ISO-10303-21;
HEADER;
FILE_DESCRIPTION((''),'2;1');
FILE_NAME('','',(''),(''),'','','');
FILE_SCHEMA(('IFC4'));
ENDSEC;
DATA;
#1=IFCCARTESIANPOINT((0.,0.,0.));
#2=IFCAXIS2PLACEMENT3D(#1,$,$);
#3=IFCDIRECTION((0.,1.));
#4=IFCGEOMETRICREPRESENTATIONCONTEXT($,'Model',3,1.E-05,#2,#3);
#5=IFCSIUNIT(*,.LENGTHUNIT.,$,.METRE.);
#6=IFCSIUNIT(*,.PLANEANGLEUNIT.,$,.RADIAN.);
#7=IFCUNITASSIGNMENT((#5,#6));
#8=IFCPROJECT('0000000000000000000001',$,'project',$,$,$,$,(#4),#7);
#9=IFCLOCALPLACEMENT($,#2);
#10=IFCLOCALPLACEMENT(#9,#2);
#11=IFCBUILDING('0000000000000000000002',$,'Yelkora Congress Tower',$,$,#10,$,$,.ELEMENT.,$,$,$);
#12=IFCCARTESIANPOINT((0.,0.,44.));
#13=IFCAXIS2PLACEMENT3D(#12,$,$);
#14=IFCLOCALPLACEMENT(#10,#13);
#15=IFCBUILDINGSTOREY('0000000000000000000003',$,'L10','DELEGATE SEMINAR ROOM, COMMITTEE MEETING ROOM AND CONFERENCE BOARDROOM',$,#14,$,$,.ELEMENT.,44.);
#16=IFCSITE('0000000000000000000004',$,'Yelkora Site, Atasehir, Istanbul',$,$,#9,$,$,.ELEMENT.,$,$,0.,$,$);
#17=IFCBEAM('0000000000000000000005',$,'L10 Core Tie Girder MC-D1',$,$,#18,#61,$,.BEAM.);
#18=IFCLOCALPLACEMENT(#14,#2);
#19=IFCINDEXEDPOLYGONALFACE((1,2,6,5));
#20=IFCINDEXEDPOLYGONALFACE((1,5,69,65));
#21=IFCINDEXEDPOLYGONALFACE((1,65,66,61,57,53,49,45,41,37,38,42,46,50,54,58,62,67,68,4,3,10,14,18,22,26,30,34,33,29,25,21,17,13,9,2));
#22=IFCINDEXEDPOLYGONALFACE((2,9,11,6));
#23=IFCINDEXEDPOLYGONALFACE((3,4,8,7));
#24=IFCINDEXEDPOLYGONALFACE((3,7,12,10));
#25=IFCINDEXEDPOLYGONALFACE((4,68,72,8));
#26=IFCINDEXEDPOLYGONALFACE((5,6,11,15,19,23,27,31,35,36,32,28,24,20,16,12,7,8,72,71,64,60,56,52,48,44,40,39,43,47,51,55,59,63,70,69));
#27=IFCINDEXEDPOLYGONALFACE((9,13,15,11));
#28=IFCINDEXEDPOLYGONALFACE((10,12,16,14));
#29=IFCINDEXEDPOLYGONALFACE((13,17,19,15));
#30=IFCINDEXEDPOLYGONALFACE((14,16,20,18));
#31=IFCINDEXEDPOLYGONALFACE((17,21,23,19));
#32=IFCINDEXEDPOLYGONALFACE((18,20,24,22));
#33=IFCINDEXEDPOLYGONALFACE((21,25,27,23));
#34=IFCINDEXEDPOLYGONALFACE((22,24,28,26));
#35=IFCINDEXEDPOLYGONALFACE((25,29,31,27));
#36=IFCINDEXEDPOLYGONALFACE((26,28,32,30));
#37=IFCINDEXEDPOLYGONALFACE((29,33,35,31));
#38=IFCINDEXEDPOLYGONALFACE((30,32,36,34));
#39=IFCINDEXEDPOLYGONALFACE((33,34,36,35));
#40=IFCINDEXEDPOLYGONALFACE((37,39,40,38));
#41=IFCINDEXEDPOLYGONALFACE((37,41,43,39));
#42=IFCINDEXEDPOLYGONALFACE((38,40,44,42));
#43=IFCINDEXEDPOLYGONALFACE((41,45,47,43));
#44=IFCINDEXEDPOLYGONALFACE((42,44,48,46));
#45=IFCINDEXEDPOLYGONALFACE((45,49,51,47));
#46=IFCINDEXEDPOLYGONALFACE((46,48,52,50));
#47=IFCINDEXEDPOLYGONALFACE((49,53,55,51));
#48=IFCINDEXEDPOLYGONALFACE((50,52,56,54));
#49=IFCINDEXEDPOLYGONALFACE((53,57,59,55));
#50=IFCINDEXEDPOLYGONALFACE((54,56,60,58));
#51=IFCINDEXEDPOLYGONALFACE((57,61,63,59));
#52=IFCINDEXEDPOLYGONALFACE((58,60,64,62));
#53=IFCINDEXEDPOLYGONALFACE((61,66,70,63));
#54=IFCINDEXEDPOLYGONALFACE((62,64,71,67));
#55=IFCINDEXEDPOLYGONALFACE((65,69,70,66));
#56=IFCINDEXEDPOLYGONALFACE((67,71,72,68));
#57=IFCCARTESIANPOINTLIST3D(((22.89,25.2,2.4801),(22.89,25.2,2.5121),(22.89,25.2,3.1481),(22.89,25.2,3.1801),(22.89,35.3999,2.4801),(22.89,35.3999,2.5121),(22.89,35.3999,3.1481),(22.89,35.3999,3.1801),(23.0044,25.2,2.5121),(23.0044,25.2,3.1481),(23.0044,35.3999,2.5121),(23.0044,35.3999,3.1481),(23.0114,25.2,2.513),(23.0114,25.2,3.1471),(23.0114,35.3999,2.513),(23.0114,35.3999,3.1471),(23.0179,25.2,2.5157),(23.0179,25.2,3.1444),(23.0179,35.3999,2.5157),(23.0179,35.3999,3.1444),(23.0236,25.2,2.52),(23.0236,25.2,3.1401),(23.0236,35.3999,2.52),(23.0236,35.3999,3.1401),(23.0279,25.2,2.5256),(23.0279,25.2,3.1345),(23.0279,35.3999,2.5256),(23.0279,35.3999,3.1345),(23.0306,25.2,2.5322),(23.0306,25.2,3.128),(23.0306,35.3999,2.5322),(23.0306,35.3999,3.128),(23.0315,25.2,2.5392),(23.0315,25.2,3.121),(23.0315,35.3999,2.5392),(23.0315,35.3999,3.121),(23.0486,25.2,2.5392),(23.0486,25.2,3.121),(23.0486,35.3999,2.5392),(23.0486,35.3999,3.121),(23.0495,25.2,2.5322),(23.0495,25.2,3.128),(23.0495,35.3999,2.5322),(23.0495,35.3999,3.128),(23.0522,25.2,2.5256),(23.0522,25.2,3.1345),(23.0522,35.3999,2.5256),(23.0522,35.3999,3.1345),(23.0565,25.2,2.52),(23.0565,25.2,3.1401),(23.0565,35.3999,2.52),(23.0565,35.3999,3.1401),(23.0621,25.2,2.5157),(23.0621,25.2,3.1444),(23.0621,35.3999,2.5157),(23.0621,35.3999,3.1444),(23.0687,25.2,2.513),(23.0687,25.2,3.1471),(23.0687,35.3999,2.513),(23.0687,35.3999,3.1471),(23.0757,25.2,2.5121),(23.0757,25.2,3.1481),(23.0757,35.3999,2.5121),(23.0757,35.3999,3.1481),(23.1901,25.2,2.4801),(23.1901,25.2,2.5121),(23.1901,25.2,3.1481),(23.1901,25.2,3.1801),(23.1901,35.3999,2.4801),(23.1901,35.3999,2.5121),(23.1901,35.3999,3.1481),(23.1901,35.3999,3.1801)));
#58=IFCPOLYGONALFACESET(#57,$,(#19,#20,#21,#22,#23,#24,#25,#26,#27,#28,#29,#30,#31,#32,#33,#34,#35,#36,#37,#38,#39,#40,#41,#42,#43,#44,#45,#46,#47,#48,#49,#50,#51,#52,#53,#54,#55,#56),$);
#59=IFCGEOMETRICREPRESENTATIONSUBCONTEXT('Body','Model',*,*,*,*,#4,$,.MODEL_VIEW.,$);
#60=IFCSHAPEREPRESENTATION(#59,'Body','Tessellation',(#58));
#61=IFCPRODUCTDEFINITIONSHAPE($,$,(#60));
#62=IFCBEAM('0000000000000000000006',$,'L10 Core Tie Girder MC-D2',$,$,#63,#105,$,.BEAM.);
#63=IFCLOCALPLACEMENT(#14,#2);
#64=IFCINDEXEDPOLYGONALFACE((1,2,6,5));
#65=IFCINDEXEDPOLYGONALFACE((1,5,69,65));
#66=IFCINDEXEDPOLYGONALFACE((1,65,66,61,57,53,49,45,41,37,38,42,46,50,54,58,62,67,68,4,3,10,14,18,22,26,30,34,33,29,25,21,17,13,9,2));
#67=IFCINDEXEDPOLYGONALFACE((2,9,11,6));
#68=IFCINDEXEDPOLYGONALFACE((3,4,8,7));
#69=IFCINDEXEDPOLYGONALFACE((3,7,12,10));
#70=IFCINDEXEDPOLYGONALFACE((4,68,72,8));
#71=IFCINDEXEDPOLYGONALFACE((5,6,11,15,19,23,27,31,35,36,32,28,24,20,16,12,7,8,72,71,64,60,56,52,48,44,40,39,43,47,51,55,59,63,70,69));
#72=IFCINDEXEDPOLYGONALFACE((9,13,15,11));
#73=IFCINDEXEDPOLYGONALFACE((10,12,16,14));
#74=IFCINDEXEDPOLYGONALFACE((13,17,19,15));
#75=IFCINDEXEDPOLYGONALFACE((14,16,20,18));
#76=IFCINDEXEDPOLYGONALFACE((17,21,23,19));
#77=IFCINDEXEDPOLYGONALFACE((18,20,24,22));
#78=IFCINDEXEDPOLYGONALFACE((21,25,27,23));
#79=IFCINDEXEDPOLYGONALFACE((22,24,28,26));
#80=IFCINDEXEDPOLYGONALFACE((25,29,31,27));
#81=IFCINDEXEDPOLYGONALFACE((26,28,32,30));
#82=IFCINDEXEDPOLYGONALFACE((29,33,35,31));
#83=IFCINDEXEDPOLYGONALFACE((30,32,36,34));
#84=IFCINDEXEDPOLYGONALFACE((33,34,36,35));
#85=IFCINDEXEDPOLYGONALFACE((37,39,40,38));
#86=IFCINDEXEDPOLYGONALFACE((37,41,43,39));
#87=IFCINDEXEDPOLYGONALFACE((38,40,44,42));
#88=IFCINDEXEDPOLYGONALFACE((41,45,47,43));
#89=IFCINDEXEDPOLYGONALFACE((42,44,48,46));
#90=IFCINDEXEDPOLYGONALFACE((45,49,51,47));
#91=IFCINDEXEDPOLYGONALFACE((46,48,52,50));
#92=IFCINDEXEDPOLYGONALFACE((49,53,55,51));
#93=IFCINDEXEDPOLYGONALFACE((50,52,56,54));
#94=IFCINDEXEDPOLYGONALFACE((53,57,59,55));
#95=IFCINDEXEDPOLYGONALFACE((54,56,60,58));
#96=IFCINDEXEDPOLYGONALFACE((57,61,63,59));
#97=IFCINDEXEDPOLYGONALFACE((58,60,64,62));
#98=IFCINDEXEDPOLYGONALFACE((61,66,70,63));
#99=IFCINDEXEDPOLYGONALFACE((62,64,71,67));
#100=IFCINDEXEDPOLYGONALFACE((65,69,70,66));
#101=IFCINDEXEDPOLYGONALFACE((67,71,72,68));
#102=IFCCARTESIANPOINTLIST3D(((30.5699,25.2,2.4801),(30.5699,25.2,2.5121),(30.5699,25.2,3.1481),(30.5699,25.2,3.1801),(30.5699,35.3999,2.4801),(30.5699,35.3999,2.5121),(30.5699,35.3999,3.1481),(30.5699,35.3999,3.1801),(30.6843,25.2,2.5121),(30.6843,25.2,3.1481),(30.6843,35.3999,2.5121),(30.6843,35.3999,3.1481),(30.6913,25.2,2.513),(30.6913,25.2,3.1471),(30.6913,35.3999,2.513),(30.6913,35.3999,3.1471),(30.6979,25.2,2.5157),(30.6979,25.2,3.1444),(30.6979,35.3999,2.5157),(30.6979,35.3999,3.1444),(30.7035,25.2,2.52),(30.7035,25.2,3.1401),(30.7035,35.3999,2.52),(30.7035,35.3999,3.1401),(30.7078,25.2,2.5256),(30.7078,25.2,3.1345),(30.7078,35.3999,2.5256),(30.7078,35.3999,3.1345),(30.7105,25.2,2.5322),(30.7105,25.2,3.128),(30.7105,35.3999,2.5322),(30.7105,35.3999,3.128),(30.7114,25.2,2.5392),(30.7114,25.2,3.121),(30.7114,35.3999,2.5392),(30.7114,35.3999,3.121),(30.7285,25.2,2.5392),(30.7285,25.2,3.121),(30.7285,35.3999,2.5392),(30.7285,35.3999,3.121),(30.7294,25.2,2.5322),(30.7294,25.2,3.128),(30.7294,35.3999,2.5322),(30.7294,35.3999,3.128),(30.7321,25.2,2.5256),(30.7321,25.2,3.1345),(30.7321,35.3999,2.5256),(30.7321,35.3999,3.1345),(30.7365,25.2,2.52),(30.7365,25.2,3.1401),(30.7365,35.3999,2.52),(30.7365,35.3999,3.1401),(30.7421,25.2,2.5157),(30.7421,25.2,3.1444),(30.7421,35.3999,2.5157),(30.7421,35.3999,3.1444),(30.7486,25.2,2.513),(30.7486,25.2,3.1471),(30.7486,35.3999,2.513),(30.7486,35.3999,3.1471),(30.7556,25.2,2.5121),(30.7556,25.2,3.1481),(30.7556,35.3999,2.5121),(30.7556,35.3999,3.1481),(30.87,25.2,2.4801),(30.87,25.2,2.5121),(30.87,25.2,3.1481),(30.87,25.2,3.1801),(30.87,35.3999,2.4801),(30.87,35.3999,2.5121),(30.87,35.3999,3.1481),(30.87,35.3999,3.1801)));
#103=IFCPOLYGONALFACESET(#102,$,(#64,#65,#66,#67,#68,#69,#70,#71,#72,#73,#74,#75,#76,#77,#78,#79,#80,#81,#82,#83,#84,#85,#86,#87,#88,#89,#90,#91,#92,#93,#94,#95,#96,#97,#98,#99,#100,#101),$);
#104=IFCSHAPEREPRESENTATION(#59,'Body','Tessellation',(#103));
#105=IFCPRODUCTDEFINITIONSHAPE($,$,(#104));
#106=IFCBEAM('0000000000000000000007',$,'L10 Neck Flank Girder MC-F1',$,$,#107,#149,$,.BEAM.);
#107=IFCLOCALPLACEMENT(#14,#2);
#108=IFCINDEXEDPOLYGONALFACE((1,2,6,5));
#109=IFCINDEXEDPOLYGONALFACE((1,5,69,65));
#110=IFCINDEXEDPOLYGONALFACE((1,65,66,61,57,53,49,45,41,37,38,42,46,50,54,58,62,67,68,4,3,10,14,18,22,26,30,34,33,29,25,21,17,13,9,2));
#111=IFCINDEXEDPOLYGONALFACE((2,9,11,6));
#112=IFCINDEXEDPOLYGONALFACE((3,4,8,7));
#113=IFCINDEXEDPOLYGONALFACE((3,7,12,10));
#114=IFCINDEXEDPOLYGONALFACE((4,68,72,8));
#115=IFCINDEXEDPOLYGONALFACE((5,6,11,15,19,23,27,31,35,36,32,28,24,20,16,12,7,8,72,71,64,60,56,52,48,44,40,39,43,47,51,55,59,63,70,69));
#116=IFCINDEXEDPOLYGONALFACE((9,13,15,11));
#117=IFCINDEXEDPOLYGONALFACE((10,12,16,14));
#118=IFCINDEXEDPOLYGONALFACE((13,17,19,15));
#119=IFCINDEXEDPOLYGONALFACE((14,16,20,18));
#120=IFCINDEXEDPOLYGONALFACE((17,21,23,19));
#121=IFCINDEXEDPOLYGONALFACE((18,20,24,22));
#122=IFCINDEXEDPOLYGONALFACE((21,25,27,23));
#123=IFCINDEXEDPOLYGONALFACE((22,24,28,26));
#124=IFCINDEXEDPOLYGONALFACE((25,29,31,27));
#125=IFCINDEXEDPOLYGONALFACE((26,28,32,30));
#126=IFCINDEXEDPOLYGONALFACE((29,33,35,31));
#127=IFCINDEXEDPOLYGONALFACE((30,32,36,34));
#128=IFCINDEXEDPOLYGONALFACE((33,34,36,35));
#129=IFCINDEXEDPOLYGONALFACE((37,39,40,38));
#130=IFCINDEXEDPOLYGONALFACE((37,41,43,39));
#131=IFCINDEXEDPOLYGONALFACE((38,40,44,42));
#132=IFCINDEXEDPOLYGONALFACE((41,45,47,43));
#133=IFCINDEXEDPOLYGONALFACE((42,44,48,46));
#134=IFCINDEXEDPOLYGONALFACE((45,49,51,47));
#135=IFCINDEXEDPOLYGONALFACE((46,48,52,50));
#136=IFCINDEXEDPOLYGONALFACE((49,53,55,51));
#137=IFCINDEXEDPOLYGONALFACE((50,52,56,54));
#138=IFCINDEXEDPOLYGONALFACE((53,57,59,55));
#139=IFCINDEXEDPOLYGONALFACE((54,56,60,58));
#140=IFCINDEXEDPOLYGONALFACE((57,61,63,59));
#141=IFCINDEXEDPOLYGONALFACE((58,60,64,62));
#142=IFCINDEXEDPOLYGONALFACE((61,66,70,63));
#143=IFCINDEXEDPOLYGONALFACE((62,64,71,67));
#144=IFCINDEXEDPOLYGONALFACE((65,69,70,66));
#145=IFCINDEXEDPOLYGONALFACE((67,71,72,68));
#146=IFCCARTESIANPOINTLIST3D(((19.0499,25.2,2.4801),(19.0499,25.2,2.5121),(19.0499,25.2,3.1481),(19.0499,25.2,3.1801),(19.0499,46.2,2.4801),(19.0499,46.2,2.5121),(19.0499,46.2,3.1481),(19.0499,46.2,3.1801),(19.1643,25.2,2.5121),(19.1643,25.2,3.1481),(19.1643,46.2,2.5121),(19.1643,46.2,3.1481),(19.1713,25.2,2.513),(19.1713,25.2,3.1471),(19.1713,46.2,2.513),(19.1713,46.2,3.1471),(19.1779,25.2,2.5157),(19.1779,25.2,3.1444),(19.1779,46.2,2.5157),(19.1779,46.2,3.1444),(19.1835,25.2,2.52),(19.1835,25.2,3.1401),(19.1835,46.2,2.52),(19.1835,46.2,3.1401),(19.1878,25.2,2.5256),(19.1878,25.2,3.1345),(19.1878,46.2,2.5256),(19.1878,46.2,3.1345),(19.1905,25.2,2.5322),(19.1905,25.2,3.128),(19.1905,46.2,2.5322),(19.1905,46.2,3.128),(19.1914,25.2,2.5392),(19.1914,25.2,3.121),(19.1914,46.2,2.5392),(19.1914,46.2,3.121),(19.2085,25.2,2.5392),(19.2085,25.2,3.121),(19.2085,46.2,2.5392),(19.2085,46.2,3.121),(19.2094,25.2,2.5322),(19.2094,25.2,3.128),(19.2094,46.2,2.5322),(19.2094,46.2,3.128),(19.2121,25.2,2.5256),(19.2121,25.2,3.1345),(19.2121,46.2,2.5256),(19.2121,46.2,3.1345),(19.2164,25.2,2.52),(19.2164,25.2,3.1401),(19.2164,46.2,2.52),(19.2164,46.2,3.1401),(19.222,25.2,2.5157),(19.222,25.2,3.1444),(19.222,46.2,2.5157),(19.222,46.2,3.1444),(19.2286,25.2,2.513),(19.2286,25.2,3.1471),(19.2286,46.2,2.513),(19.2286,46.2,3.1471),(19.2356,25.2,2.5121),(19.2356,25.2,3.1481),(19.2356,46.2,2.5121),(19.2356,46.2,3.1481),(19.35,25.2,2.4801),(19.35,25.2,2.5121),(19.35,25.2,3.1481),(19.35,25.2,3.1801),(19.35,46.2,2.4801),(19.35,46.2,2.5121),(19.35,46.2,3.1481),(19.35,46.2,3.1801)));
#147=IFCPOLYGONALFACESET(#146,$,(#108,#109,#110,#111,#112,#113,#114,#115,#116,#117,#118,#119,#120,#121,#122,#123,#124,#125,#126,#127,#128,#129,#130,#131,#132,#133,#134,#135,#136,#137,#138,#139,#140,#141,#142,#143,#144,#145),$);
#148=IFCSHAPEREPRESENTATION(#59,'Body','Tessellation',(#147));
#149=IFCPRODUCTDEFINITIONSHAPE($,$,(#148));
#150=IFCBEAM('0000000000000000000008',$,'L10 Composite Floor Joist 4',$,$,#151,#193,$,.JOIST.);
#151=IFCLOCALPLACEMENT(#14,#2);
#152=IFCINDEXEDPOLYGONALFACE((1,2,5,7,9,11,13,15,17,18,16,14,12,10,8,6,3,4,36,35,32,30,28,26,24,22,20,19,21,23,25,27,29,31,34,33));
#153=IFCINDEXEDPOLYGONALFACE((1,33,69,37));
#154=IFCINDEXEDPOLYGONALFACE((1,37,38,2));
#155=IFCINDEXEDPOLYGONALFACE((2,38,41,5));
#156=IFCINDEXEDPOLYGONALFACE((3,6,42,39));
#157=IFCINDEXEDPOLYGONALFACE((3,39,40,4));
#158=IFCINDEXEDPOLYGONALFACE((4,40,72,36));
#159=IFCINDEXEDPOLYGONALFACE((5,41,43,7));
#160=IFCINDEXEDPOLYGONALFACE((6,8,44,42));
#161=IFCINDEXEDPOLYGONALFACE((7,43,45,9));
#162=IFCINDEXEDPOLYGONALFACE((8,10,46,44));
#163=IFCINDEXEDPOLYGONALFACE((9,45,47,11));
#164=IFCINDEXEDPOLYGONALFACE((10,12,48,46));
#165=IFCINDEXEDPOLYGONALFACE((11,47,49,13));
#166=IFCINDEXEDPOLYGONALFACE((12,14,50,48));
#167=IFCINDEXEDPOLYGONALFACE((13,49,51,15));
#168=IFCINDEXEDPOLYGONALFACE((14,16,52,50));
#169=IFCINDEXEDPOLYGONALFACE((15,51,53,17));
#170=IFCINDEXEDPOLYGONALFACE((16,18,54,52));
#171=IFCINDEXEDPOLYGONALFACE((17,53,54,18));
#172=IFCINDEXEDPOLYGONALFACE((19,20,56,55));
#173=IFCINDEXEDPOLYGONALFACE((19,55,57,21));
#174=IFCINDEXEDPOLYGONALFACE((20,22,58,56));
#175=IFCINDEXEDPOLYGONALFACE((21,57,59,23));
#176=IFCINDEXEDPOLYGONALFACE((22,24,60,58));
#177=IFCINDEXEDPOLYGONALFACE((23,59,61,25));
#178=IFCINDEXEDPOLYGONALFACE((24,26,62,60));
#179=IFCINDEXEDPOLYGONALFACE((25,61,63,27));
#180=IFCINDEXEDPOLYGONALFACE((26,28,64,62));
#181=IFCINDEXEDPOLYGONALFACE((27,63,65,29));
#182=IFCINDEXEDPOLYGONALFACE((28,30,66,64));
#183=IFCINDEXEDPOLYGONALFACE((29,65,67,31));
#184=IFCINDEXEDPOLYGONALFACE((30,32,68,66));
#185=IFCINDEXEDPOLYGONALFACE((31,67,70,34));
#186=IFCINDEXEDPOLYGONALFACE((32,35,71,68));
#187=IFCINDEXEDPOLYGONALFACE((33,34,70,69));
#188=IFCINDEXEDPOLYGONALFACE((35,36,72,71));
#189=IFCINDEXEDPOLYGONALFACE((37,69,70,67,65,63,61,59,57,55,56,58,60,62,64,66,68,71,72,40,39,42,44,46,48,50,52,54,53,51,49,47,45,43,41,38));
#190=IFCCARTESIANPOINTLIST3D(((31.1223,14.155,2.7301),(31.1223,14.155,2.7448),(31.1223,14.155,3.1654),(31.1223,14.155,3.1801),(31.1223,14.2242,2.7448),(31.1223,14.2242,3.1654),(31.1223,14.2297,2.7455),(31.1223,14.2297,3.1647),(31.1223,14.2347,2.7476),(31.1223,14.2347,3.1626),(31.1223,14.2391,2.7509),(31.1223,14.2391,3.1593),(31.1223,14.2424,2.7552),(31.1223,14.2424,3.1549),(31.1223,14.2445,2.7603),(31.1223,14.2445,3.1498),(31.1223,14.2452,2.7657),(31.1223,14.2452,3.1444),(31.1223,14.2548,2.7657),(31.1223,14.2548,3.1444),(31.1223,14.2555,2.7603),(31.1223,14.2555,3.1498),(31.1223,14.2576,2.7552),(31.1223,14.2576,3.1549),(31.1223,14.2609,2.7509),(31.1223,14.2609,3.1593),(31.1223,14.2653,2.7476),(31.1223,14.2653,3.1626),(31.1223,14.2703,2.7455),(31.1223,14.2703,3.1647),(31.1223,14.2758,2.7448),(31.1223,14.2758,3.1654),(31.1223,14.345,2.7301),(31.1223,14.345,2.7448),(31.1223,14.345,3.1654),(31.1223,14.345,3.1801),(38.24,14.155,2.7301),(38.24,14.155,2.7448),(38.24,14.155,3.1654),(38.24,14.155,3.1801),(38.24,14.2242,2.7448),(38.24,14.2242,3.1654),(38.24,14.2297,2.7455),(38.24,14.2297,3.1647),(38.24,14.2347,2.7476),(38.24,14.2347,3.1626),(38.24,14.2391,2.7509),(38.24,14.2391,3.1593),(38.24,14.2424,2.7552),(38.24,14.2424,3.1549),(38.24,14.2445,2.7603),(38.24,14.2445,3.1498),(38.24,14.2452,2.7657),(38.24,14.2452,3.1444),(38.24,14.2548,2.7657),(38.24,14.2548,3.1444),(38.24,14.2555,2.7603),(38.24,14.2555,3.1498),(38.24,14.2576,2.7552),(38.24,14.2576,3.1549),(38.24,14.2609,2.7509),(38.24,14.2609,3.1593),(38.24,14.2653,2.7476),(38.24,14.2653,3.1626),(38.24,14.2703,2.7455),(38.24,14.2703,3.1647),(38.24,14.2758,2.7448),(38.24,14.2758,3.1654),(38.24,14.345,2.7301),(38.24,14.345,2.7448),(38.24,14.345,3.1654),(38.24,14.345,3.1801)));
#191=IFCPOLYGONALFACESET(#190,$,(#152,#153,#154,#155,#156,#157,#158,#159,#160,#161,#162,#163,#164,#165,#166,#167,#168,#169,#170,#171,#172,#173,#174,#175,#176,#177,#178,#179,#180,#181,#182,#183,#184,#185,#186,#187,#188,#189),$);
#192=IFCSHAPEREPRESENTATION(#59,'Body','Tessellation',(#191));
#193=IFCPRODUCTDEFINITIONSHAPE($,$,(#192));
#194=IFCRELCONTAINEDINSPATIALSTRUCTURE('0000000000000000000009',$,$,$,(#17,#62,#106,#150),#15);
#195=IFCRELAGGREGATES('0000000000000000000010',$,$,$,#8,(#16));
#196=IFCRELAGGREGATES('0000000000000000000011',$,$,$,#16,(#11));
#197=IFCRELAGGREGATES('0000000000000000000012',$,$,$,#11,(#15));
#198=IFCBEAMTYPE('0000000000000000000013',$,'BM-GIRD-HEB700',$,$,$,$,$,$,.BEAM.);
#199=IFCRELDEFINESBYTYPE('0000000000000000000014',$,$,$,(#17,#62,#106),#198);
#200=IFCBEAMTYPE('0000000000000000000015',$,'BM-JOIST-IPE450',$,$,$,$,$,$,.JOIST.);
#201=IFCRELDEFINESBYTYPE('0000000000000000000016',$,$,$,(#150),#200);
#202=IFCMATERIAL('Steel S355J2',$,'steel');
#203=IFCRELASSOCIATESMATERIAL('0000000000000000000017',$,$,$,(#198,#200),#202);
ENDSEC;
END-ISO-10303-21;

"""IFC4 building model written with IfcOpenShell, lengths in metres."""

from ifc_helpers import new_model, si_unit, direction, frame, origin, origin_2d, place, context, subcontext, project, spatial, i_section, extrude, material, material_profile, profile_set, type_object, element, save


model = new_model("IFC4")

# Units and contexts
model_context = context("Model", 3, precision=1e-05, world=origin(), true_north=direction((0.0, 1.0)))
body_context = subcontext(model_context, "Body", "Model", "MODEL_VIEW")
ifc_project = project(units=[si_unit("LENGTHUNIT", "METRE"), si_unit("PLANEANGLEUNIT", "RADIAN")], contexts=[model_context])

# Site, building, storey
site_placement = place(None, origin())
site = spatial("IfcSite", under=ifc_project, at=site_placement, Name="Yelkora Site, Atasehir, Istanbul", CompositionType="ELEMENT", RefElevation=0.0)
building_placement = place(site_placement, origin())
building = spatial("IfcBuilding", under=site, at=building_placement, Name="Yelkora Congress Tower", CompositionType="ELEMENT")
storey_placement = place(building_placement, frame((0.0, 0.0, 44.0)))
storey = spatial("IfcBuildingStorey", under=building, at=storey_placement, Name="L10", Description="DELEGATE SEMINAR ROOM, COMMITTEE MEETING ROOM AND CONFERENCE BOARDROOM", CompositionType="ELEMENT", Elevation=44.0)

# Beams
ifc_material_1 = material(Name="Steel S355J2", Category="steel")
ifc_material_profile_1 = material_profile(ifc_material_1, i_section(OverallWidth=0.3, OverallDepth=0.7, WebThickness=0.0171, FlangeThickness=0.032, FilletRadius=0.0271, at=origin_2d()), Name="HEB 700")
ifc_profile_set_1 = profile_set([ifc_material_profile_1], Name="Steel S355J2")
beam_type_1 = type_object("IfcBeamType", Name="BM-GIRD-HEB700", PredefinedType="BEAM", material=ifc_profile_set_1)
for number, where, z_axis, x_axis, name in (
    (1, (23.04, 25.2, 2.8301), (0.0, 1.0, 0.0), (-1.0, 0.0, 0.0), "L10 Core Tie Girder MC-D1"),
    (2, (30.72, 25.2, 2.8301), (0.0, 1.0, 0.0), (-1.0, 0.0, 0.0), "L10 Core Tie Girder MC-D2"),
):
    element("IfcBeam", number, at=place(storey_placement, frame(where, z_axis=z_axis, x_axis=x_axis)), inside=storey, type_object=beam_type_1, Name=name, PredefinedType="BEAM", context=body_context, shape_type="SweptSolid", body=[
        extrude(i_section(OverallWidth=0.3, OverallDepth=0.7, WebThickness=0.0171, FlangeThickness=0.032, FilletRadius=0.0271, at=origin_2d()), origin(), (0.0, 0.0, 1.0), 10.2),
    ])
beam_1_placement = place(storey_placement, frame((19.2, 25.2, 2.8301), z_axis=(0.0, 1.0, 0.0), x_axis=(-1.0, 0.0, 0.0)))
element("IfcBeam", 3, at=beam_1_placement, inside=storey, type_object=beam_type_1, Name="L10 Neck Flank Girder MC-F1", PredefinedType="BEAM", context=body_context, shape_type="SweptSolid", body=[
    extrude(i_section(OverallWidth=0.3, OverallDepth=0.7, WebThickness=0.0171, FlangeThickness=0.032, FilletRadius=0.0271, at=origin_2d()), origin(), (0.0, 0.0, 1.0), 21.0),
])
ifc_material_profile_2 = material_profile(ifc_material_1, i_section(OverallWidth=0.1899, OverallDepth=0.45, WebThickness=0.0095, FlangeThickness=0.0146, FilletRadius=0.021, at=origin_2d()), Name="IPE 450")
ifc_profile_set_2 = profile_set([ifc_material_profile_2], Name="Steel S355J2")
beam_type_2 = type_object("IfcBeamType", Name="BM-JOIST-IPE450", PredefinedType="JOIST", material=ifc_profile_set_2)
beam_2_placement = place(storey_placement, frame((31.1223, 14.25, 2.9551), z_axis=(1.0, 0.0, 0.0), x_axis=(0.0, 1.0, 0.0)))
element("IfcBeam", 4, at=beam_2_placement, inside=storey, type_object=beam_type_2, Name="L10 Composite Floor Joist 4", PredefinedType="JOIST", context=body_context, shape_type="SweptSolid", body=[
    extrude(i_section(OverallWidth=0.1899, OverallDepth=0.45, WebThickness=0.0095, FlangeThickness=0.0146, FilletRadius=0.021, at=origin_2d()), origin(), (0.0, 0.0, 1.0), 7.1177),
])

save(model, "model.ifc")
